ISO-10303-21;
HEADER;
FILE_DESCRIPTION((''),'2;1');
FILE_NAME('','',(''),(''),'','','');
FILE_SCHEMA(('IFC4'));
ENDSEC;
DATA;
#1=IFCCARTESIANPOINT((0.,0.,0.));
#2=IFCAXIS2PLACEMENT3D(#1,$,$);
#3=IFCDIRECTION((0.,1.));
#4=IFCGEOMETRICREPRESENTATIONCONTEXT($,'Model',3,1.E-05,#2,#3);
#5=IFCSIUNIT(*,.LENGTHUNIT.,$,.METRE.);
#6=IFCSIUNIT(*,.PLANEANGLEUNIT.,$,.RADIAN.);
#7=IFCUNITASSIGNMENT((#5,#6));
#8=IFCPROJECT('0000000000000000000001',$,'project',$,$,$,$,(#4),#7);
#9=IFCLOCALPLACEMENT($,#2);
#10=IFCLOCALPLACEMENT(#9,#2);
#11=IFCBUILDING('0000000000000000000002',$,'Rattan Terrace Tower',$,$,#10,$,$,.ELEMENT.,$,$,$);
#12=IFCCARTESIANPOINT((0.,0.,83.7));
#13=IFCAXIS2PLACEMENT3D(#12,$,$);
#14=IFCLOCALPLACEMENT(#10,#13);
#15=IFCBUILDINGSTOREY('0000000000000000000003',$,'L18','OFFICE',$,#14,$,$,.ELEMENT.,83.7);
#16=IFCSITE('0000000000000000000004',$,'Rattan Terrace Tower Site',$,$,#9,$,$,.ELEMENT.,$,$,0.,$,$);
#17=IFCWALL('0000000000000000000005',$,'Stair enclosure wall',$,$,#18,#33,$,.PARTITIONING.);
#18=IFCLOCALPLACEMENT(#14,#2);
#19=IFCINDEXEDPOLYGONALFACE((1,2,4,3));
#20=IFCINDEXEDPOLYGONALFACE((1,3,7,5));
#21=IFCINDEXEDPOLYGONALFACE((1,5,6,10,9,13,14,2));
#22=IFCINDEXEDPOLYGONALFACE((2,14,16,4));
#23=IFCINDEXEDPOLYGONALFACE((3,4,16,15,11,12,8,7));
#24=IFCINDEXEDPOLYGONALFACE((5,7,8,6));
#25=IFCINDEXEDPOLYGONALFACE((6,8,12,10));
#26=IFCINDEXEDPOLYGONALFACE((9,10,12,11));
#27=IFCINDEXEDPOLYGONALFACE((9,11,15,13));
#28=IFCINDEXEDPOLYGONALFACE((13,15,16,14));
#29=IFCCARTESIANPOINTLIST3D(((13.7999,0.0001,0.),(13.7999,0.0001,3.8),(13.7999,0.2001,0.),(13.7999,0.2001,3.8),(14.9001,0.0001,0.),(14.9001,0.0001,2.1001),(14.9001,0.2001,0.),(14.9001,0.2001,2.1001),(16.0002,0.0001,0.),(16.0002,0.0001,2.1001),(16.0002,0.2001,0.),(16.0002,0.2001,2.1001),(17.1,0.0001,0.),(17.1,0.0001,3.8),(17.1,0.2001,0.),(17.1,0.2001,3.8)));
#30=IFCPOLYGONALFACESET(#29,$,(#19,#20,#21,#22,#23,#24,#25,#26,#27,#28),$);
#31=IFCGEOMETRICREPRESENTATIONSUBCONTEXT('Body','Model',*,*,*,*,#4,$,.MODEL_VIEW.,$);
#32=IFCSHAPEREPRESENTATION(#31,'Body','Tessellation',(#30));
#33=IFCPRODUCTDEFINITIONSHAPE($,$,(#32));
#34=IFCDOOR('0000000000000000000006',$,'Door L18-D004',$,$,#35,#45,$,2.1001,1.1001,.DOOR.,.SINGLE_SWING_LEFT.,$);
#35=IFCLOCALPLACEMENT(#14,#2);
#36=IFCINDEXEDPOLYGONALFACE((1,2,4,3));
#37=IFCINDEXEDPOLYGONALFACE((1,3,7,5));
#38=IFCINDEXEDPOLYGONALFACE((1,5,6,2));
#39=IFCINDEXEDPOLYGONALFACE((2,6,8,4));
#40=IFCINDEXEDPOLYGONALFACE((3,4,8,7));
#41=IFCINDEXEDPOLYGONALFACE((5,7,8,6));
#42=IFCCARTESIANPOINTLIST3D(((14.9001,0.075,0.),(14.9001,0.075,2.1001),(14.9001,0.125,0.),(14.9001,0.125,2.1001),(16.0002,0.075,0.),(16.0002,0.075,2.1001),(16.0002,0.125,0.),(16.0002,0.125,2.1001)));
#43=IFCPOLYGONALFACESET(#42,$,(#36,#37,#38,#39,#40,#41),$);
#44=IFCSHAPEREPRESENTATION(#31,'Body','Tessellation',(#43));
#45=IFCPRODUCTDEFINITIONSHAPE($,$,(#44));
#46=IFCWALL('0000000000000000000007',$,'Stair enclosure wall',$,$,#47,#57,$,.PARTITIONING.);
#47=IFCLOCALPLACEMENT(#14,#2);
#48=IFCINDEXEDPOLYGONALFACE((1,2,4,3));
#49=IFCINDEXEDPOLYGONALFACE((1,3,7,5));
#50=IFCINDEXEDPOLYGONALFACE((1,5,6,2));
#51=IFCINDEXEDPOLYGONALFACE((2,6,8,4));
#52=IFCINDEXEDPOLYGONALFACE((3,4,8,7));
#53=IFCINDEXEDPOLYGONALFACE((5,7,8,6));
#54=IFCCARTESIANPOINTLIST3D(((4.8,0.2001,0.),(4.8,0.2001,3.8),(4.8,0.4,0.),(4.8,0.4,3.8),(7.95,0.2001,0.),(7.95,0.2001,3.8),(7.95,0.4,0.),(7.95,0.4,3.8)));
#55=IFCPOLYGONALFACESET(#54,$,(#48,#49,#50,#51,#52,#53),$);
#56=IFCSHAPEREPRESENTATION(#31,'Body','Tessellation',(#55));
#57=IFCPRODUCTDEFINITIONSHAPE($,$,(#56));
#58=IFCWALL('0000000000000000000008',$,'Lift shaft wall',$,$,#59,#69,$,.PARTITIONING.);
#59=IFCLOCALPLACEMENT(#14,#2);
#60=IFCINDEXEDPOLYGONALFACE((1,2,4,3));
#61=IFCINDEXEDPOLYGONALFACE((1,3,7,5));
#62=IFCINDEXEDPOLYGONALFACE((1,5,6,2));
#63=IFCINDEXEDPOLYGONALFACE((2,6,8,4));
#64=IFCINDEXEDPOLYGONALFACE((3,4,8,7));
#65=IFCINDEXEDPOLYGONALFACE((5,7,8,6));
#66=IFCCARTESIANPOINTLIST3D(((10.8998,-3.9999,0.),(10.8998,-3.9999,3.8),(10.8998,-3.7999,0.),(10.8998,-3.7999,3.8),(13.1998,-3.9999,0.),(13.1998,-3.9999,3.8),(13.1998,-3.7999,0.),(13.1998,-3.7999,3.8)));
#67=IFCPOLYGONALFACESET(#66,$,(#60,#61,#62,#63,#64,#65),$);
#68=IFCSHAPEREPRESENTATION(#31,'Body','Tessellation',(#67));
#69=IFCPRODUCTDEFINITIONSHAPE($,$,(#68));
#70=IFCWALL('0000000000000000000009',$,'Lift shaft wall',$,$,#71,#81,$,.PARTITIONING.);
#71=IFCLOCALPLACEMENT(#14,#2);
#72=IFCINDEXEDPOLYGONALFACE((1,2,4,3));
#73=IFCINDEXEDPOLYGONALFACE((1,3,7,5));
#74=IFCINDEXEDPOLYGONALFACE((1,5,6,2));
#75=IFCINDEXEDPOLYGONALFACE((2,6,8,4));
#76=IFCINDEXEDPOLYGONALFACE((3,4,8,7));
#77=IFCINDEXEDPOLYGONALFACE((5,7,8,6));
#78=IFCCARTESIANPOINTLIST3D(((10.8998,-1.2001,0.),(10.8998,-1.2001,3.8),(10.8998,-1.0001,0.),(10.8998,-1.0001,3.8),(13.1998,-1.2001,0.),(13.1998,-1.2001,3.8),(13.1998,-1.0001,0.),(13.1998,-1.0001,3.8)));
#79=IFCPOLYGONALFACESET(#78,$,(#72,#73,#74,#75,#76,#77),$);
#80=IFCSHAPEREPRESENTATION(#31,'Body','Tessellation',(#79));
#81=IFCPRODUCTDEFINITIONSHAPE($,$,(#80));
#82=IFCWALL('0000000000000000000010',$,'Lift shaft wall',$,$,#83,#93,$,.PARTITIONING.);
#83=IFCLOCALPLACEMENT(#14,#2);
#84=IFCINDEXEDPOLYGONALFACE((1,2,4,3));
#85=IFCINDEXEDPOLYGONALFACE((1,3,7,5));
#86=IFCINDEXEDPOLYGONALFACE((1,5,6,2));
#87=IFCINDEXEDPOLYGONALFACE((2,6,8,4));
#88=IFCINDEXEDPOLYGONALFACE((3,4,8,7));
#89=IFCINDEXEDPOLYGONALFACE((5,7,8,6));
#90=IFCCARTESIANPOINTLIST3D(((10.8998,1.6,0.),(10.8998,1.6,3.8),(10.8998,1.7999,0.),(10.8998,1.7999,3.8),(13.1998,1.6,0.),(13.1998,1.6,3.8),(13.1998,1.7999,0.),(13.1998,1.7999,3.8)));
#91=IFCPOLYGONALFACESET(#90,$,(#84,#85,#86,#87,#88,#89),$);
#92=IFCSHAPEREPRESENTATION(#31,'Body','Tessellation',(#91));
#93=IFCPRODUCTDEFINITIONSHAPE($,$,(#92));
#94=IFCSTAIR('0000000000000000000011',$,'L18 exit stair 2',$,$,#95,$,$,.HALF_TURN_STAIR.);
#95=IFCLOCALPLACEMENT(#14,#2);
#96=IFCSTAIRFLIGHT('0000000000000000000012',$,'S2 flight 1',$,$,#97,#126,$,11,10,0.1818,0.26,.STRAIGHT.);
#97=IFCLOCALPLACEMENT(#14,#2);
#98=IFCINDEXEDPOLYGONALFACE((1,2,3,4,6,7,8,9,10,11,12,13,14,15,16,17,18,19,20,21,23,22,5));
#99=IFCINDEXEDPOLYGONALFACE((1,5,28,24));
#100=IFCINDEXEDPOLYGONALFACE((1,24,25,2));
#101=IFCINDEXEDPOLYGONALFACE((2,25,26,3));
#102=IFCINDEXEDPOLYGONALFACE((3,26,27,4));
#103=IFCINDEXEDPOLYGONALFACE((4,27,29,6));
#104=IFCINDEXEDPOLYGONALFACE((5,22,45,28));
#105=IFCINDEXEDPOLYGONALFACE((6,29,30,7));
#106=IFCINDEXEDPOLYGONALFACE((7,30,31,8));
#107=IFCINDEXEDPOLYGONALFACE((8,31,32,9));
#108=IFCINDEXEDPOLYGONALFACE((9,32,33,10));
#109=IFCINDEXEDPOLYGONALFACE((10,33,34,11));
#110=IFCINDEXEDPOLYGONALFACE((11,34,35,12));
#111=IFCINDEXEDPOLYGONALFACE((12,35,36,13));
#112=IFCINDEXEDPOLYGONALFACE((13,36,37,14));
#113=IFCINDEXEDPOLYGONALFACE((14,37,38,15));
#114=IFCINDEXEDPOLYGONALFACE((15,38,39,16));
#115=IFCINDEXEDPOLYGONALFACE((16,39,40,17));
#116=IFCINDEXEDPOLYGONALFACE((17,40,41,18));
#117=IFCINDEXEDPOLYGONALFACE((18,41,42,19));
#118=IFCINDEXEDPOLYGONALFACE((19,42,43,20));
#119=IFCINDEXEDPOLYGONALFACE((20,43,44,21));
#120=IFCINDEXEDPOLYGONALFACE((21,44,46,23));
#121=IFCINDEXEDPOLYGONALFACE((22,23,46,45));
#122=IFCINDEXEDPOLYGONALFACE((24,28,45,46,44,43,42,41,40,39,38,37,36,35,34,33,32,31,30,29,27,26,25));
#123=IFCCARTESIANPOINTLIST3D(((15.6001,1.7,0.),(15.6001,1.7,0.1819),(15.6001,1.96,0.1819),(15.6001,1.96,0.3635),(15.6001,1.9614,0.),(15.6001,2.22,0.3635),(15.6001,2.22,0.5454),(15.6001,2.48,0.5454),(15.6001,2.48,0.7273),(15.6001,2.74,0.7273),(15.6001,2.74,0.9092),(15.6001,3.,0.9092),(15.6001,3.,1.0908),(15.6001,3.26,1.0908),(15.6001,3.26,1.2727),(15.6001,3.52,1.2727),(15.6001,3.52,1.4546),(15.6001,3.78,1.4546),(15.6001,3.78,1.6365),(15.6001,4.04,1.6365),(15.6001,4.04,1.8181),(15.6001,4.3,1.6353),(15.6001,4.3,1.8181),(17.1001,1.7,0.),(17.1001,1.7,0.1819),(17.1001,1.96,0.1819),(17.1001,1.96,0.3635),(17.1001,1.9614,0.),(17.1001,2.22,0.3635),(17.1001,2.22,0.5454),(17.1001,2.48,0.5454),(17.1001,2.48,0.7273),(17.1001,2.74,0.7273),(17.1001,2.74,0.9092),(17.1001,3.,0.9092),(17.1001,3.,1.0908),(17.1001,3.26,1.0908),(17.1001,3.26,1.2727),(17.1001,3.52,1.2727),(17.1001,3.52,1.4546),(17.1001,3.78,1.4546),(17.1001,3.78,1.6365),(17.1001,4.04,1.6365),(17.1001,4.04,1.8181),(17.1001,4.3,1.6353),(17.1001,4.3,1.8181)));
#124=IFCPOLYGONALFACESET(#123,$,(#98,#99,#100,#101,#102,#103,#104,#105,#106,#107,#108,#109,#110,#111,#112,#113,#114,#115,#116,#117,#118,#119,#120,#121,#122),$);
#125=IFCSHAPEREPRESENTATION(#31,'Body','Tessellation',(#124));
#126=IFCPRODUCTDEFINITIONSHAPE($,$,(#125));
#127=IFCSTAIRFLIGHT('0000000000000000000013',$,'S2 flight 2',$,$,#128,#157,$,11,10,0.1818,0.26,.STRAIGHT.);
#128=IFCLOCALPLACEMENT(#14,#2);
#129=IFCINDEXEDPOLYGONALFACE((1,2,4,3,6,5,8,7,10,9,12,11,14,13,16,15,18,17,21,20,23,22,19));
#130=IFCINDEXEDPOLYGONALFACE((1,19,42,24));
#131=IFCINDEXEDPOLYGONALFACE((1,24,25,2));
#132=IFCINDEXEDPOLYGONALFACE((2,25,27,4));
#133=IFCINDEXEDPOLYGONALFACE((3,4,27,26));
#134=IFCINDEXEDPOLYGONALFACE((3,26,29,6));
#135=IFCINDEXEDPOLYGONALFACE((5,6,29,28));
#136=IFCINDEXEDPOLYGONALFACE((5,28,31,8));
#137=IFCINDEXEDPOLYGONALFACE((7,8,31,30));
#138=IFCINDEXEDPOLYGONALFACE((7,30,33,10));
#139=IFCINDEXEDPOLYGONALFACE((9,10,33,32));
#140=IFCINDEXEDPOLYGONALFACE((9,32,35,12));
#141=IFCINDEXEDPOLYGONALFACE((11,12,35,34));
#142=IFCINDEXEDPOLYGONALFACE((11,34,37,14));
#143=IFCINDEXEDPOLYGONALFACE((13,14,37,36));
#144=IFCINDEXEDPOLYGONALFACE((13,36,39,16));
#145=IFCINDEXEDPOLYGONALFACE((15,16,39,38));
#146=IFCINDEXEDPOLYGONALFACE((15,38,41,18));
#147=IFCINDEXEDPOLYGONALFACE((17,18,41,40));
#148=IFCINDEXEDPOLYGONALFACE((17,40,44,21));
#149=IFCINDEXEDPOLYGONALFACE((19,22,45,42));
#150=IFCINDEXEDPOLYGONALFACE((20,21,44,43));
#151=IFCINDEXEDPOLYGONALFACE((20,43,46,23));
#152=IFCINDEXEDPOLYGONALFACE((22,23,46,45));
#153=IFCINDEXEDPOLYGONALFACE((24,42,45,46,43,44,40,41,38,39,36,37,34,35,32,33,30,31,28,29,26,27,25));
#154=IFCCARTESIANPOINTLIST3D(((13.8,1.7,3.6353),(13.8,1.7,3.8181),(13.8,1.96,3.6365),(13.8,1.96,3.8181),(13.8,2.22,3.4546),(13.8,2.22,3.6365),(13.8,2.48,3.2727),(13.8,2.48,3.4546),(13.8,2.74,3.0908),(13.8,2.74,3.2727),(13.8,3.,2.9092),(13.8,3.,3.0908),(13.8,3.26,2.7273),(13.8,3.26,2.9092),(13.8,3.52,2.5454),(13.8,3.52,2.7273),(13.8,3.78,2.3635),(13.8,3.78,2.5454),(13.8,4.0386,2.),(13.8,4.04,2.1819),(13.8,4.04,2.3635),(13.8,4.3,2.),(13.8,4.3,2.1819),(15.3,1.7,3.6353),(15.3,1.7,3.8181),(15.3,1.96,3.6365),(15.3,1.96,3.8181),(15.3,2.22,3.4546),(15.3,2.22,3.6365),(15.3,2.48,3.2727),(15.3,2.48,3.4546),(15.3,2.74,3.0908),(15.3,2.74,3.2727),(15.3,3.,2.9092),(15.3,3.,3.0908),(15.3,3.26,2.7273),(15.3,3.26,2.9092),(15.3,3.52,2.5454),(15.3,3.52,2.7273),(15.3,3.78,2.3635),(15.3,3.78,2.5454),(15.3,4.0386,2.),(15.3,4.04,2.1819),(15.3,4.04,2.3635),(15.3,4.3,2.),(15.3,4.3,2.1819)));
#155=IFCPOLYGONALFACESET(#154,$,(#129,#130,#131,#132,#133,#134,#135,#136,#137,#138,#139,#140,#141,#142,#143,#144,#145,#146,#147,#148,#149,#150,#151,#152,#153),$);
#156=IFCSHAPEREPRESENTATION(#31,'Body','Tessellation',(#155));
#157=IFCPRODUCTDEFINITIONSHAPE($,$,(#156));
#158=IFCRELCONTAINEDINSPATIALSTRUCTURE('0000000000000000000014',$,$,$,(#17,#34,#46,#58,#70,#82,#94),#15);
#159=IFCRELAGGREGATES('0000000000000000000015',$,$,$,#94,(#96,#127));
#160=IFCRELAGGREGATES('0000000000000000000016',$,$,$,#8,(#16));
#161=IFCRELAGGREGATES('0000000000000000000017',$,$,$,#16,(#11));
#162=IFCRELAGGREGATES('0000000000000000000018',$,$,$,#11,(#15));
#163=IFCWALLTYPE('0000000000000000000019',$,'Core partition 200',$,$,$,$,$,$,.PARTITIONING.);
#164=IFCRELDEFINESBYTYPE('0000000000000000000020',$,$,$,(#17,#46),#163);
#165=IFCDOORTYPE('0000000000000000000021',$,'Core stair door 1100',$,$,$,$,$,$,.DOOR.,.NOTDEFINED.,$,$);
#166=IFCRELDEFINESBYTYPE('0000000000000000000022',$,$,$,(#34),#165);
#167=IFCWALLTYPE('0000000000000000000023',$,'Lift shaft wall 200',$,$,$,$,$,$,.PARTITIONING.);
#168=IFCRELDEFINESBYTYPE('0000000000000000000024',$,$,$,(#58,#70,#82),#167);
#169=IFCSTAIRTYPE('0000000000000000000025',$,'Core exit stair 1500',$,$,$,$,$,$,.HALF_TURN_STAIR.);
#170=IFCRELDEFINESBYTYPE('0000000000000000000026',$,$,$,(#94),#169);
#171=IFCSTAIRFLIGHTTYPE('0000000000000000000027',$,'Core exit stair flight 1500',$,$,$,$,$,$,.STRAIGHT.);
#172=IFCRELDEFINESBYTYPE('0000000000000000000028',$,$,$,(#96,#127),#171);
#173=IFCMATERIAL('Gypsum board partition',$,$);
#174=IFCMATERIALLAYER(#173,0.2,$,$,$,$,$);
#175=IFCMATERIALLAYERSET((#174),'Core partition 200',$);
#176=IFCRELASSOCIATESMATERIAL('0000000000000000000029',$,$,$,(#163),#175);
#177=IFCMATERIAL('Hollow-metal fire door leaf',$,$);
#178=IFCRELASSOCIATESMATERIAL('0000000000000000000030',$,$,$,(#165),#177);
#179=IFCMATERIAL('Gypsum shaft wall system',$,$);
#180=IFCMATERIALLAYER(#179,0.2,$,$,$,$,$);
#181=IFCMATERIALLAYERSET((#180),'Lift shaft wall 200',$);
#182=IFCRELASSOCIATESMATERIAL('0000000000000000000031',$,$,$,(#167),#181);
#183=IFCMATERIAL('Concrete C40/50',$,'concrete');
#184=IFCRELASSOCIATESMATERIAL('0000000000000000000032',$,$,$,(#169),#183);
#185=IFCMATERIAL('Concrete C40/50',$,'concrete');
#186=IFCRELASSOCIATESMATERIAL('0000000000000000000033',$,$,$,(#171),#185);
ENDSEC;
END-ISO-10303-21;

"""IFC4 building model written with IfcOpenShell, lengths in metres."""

from ifc_helpers import new_model, si_unit, direction, frame, frame_2d, origin, place, context, subcontext, project, spatial, polyline, rectangle, outline, extrude, material, layer, layer_set, type_object, element, fill, aggregate, save


model = new_model("IFC4")

# Units and contexts
model_context = context("Model", 3, precision=1e-05, world=origin(), true_north=direction((0.0, 1.0)))
body_context = subcontext(model_context, "Body", "Model", "MODEL_VIEW")
ifc_project = project(units=[si_unit("LENGTHUNIT", "METRE"), si_unit("PLANEANGLEUNIT", "RADIAN")], contexts=[model_context])

# Site, building, storey
site_placement = place(None, origin())
site = spatial("IfcSite", under=ifc_project, at=site_placement, Name="Rattan Terrace Tower Site", CompositionType="ELEMENT", RefElevation=0.0)
building_placement = place(site_placement, origin())
building = spatial("IfcBuilding", under=site, at=building_placement, Name="Rattan Terrace Tower", CompositionType="ELEMENT")
storey_placement = place(building_placement, frame((0.0, 0.0, 83.7)))
storey = spatial("IfcBuildingStorey", under=building, at=storey_placement, Name="L18", Description="OFFICE", CompositionType="ELEMENT", Elevation=83.7)

# Wall, opening, door
ifc_material_1 = material(Name="Gypsum board partition")
ifc_layer_1 = layer(ifc_material_1, 0.2)
ifc_layer_set_1 = layer_set([ifc_layer_1], Name="Core partition 200")
wall_type_1 = type_object("IfcWallType", Name="Core partition 200", PredefinedType="PARTITIONING", material=ifc_layer_set_1)
wall_1_placement = place(storey_placement, frame((13.8, 0.1001, 0.0), z_axis=(0.0, 0.0, 1.0), x_axis=(1.0, 0.0, 0.0)))
wall_1 = element("IfcWall", 1, at=wall_1_placement, inside=storey, type_object=wall_type_1, Name="Stair enclosure wall", PredefinedType="PARTITIONING", context=body_context, shape_type="SweptSolid", body=[
    extrude(rectangle(XDim=3.3, YDim=0.2, at=frame_2d((1.6499, 0.0))), origin(), (0.0, 0.0, 1.0), 3.8),
])
opening_1_placement = place(wall_1_placement, frame((1.1001, 0.0, 0.0)))
opening_1 = element("IfcOpeningElement", 2, at=opening_1_placement, cuts=wall_1, PredefinedType="OPENING", context=body_context, shape_type="SweptSolid", body=[
    extrude(rectangle(XDim=1.1001, YDim=2.1001, at=frame_2d((0.55, 1.05))), frame((0.0, 0.1106, 0.0), z_axis=(0.0, -1.0, 0.0), x_axis=(1.0, 0.0, 0.0)), (0.0, 0.0, 1.0), 0.2209),
])
ifc_material_2 = material(Name="Hollow-metal fire door leaf")
door_type_1 = type_object("IfcDoorType", Name="Core stair door 1100", OperationType="NOTDEFINED", PredefinedType="DOOR", material=ifc_material_2)
door_1_placement = place(opening_1_placement, origin())
door_1 = element("IfcDoor", 3, at=door_1_placement, inside=storey, type_object=door_type_1, Name="Door L18-D004", OperationType="SINGLE_SWING_LEFT", OverallHeight=2.1001, OverallWidth=1.1001, PredefinedType="DOOR", context=body_context, shape_type="SweptSolid", body=[
    extrude(rectangle(XDim=1.1001, YDim=2.1001, at=frame_2d((0.55, 1.05))), frame((0.0, 0.0249, 0.0), z_axis=(0.0, -1.0, 0.0), x_axis=(1.0, 0.0, 0.0)), (0.0, 0.0, 1.0), 0.05),
])
fill(opening_1, door_1)

# Walls
wall_2_placement = place(storey_placement, frame((4.8, 0.3, 0.0), z_axis=(0.0, 0.0, 1.0), x_axis=(1.0, 0.0, 0.0)))
element("IfcWall", 4, at=wall_2_placement, inside=storey, type_object=wall_type_1, Name="Stair enclosure wall", PredefinedType="PARTITIONING", context=body_context, shape_type="SweptSolid", body=[
    extrude(rectangle(XDim=3.1499, YDim=0.2, at=frame_2d((1.575, 0.0))), origin(), (0.0, 0.0, 1.0), 3.8),
])
ifc_material_3 = material(Name="Gypsum shaft wall system")
ifc_layer_2 = layer(ifc_material_3, 0.2)
ifc_layer_set_2 = layer_set([ifc_layer_2], Name="Lift shaft wall 200")
wall_type_2 = type_object("IfcWallType", Name="Lift shaft wall 200", PredefinedType="PARTITIONING", material=ifc_layer_set_2)
for number, where, z_axis, x_axis, name in (
    (5, (10.8999, -3.8999, 0.0), (0.0, 0.0, 1.0), (1.0, 0.0, 0.0), "Lift shaft wall"),
    (6, (10.8999, -1.1001, 0.0), (0.0, 0.0, 1.0), (1.0, 0.0, 0.0), "Lift shaft wall"),
    (7, (10.8999, 1.7, 0.0), (0.0, 0.0, 1.0), (1.0, 0.0, 0.0), "Lift shaft wall"),
):
    element("IfcWall", number, at=place(storey_placement, frame(where, z_axis=z_axis, x_axis=x_axis)), inside=storey, type_object=wall_type_2, Name=name, PredefinedType="PARTITIONING", context=body_context, shape_type="SweptSolid", body=[
        extrude(rectangle(XDim=2.3, YDim=0.2, at=frame_2d((1.1499, 0.0))), origin(), (0.0, 0.0, 1.0), 3.8),
    ])

# Stair, stair flights
ifc_material_4 = material(Name="Concrete C40/50", Category="concrete")
stair_type = type_object("IfcStairType", Name="Core exit stair 1500", PredefinedType="HALF_TURN_STAIR", material=ifc_material_4)
stair_1_placement = place(storey_placement, origin())
stair_1 = element("IfcStair", 8, at=stair_1_placement, inside=storey, type_object=stair_type, Name="L18 exit stair 2", PredefinedType="HALF_TURN_STAIR")
ifc_material_5 = material(Name="Concrete C40/50", Category="concrete")
stair_flight_type = type_object("IfcStairFlightType", Name="Core exit stair flight 1500", PredefinedType="STRAIGHT", material=ifc_material_5)
stair_flight_1_placement = place(storey_placement, frame((16.3501, 1.7, 0.0), z_axis=(0.0, 0.0, 1.0), x_axis=(0.0, 1.0, 0.0)))
stair_flight_1 = element("IfcStairFlight", 9, at=stair_flight_1_placement, type_object=stair_flight_type, Name="S2 flight 1", NumberOfRisers=11, NumberOfTreads=10, PredefinedType="STRAIGHT", RiserHeight=0.1818, TreadLength=0.26, context=body_context, shape_type="SweptSolid", body=[
    extrude(outline(polyline([(0.0, 0.0), (0.0, 0.1819), (0.26, 0.1819), (0.26, 0.3635), (0.52, 0.3635), (0.52, 0.5454), (0.78, 0.5454), (0.78, 0.7273), (1.04, 0.7273), (1.04, 0.9092), (1.3, 0.9092), (1.3, 1.0908), (1.5601, 1.0908), (1.5601, 1.2727), (1.8201, 1.2727), (1.8201, 1.4546), (2.0801, 1.4546), (2.0801, 1.6365), (2.3401, 1.6365), (2.3401, 1.8181), (2.6001, 1.8181), (2.6001, 2.0), (2.6001, 1.6353), (0.2615, 0.0), (0.0, 0.0)])), frame((0.0, 0.75, 0.0), z_axis=(0.0, -1.0, 0.0), x_axis=(1.0, 0.0, 0.0)), (0.0, 0.0, 1.0), 1.5),
])
stair_flight_2_placement = place(storey_placement, frame((14.55, 4.3, 2.0), z_axis=(0.0, 0.0, 1.0), x_axis=(0.0, -1.0, 0.0)))
stair_flight_2 = element("IfcStairFlight", 10, at=stair_flight_2_placement, type_object=stair_flight_type, Name="S2 flight 2", NumberOfRisers=11, NumberOfTreads=10, PredefinedType="STRAIGHT", RiserHeight=0.1818, TreadLength=0.26, context=body_context, shape_type="SweptSolid", body=[
    extrude(outline(polyline([(0.0, 0.0), (0.0, 0.1819), (0.26, 0.1819), (0.26, 0.3635), (0.52, 0.3635), (0.52, 0.5454), (0.78, 0.5454), (0.78, 0.7273), (1.04, 0.7273), (1.04, 0.9092), (1.3, 0.9092), (1.3, 1.0908), (1.5601, 1.0908), (1.5601, 1.2727), (1.8201, 1.2727), (1.8201, 1.4546), (2.0801, 1.4546), (2.0801, 1.6365), (2.3401, 1.6365), (2.3401, 1.8181), (2.6001, 1.8181), (2.6001, 2.0), (2.6001, 1.6353), (0.2615, 0.0), (0.0, 0.0)])), frame((0.0, 0.75, 0.0), z_axis=(0.0, -1.0, 0.0), x_axis=(1.0, 0.0, 0.0)), (0.0, 0.0, 1.0), 1.5),
])
aggregate(stair_1, [stair_flight_1, stair_flight_2])

save(model, "model.ifc")
